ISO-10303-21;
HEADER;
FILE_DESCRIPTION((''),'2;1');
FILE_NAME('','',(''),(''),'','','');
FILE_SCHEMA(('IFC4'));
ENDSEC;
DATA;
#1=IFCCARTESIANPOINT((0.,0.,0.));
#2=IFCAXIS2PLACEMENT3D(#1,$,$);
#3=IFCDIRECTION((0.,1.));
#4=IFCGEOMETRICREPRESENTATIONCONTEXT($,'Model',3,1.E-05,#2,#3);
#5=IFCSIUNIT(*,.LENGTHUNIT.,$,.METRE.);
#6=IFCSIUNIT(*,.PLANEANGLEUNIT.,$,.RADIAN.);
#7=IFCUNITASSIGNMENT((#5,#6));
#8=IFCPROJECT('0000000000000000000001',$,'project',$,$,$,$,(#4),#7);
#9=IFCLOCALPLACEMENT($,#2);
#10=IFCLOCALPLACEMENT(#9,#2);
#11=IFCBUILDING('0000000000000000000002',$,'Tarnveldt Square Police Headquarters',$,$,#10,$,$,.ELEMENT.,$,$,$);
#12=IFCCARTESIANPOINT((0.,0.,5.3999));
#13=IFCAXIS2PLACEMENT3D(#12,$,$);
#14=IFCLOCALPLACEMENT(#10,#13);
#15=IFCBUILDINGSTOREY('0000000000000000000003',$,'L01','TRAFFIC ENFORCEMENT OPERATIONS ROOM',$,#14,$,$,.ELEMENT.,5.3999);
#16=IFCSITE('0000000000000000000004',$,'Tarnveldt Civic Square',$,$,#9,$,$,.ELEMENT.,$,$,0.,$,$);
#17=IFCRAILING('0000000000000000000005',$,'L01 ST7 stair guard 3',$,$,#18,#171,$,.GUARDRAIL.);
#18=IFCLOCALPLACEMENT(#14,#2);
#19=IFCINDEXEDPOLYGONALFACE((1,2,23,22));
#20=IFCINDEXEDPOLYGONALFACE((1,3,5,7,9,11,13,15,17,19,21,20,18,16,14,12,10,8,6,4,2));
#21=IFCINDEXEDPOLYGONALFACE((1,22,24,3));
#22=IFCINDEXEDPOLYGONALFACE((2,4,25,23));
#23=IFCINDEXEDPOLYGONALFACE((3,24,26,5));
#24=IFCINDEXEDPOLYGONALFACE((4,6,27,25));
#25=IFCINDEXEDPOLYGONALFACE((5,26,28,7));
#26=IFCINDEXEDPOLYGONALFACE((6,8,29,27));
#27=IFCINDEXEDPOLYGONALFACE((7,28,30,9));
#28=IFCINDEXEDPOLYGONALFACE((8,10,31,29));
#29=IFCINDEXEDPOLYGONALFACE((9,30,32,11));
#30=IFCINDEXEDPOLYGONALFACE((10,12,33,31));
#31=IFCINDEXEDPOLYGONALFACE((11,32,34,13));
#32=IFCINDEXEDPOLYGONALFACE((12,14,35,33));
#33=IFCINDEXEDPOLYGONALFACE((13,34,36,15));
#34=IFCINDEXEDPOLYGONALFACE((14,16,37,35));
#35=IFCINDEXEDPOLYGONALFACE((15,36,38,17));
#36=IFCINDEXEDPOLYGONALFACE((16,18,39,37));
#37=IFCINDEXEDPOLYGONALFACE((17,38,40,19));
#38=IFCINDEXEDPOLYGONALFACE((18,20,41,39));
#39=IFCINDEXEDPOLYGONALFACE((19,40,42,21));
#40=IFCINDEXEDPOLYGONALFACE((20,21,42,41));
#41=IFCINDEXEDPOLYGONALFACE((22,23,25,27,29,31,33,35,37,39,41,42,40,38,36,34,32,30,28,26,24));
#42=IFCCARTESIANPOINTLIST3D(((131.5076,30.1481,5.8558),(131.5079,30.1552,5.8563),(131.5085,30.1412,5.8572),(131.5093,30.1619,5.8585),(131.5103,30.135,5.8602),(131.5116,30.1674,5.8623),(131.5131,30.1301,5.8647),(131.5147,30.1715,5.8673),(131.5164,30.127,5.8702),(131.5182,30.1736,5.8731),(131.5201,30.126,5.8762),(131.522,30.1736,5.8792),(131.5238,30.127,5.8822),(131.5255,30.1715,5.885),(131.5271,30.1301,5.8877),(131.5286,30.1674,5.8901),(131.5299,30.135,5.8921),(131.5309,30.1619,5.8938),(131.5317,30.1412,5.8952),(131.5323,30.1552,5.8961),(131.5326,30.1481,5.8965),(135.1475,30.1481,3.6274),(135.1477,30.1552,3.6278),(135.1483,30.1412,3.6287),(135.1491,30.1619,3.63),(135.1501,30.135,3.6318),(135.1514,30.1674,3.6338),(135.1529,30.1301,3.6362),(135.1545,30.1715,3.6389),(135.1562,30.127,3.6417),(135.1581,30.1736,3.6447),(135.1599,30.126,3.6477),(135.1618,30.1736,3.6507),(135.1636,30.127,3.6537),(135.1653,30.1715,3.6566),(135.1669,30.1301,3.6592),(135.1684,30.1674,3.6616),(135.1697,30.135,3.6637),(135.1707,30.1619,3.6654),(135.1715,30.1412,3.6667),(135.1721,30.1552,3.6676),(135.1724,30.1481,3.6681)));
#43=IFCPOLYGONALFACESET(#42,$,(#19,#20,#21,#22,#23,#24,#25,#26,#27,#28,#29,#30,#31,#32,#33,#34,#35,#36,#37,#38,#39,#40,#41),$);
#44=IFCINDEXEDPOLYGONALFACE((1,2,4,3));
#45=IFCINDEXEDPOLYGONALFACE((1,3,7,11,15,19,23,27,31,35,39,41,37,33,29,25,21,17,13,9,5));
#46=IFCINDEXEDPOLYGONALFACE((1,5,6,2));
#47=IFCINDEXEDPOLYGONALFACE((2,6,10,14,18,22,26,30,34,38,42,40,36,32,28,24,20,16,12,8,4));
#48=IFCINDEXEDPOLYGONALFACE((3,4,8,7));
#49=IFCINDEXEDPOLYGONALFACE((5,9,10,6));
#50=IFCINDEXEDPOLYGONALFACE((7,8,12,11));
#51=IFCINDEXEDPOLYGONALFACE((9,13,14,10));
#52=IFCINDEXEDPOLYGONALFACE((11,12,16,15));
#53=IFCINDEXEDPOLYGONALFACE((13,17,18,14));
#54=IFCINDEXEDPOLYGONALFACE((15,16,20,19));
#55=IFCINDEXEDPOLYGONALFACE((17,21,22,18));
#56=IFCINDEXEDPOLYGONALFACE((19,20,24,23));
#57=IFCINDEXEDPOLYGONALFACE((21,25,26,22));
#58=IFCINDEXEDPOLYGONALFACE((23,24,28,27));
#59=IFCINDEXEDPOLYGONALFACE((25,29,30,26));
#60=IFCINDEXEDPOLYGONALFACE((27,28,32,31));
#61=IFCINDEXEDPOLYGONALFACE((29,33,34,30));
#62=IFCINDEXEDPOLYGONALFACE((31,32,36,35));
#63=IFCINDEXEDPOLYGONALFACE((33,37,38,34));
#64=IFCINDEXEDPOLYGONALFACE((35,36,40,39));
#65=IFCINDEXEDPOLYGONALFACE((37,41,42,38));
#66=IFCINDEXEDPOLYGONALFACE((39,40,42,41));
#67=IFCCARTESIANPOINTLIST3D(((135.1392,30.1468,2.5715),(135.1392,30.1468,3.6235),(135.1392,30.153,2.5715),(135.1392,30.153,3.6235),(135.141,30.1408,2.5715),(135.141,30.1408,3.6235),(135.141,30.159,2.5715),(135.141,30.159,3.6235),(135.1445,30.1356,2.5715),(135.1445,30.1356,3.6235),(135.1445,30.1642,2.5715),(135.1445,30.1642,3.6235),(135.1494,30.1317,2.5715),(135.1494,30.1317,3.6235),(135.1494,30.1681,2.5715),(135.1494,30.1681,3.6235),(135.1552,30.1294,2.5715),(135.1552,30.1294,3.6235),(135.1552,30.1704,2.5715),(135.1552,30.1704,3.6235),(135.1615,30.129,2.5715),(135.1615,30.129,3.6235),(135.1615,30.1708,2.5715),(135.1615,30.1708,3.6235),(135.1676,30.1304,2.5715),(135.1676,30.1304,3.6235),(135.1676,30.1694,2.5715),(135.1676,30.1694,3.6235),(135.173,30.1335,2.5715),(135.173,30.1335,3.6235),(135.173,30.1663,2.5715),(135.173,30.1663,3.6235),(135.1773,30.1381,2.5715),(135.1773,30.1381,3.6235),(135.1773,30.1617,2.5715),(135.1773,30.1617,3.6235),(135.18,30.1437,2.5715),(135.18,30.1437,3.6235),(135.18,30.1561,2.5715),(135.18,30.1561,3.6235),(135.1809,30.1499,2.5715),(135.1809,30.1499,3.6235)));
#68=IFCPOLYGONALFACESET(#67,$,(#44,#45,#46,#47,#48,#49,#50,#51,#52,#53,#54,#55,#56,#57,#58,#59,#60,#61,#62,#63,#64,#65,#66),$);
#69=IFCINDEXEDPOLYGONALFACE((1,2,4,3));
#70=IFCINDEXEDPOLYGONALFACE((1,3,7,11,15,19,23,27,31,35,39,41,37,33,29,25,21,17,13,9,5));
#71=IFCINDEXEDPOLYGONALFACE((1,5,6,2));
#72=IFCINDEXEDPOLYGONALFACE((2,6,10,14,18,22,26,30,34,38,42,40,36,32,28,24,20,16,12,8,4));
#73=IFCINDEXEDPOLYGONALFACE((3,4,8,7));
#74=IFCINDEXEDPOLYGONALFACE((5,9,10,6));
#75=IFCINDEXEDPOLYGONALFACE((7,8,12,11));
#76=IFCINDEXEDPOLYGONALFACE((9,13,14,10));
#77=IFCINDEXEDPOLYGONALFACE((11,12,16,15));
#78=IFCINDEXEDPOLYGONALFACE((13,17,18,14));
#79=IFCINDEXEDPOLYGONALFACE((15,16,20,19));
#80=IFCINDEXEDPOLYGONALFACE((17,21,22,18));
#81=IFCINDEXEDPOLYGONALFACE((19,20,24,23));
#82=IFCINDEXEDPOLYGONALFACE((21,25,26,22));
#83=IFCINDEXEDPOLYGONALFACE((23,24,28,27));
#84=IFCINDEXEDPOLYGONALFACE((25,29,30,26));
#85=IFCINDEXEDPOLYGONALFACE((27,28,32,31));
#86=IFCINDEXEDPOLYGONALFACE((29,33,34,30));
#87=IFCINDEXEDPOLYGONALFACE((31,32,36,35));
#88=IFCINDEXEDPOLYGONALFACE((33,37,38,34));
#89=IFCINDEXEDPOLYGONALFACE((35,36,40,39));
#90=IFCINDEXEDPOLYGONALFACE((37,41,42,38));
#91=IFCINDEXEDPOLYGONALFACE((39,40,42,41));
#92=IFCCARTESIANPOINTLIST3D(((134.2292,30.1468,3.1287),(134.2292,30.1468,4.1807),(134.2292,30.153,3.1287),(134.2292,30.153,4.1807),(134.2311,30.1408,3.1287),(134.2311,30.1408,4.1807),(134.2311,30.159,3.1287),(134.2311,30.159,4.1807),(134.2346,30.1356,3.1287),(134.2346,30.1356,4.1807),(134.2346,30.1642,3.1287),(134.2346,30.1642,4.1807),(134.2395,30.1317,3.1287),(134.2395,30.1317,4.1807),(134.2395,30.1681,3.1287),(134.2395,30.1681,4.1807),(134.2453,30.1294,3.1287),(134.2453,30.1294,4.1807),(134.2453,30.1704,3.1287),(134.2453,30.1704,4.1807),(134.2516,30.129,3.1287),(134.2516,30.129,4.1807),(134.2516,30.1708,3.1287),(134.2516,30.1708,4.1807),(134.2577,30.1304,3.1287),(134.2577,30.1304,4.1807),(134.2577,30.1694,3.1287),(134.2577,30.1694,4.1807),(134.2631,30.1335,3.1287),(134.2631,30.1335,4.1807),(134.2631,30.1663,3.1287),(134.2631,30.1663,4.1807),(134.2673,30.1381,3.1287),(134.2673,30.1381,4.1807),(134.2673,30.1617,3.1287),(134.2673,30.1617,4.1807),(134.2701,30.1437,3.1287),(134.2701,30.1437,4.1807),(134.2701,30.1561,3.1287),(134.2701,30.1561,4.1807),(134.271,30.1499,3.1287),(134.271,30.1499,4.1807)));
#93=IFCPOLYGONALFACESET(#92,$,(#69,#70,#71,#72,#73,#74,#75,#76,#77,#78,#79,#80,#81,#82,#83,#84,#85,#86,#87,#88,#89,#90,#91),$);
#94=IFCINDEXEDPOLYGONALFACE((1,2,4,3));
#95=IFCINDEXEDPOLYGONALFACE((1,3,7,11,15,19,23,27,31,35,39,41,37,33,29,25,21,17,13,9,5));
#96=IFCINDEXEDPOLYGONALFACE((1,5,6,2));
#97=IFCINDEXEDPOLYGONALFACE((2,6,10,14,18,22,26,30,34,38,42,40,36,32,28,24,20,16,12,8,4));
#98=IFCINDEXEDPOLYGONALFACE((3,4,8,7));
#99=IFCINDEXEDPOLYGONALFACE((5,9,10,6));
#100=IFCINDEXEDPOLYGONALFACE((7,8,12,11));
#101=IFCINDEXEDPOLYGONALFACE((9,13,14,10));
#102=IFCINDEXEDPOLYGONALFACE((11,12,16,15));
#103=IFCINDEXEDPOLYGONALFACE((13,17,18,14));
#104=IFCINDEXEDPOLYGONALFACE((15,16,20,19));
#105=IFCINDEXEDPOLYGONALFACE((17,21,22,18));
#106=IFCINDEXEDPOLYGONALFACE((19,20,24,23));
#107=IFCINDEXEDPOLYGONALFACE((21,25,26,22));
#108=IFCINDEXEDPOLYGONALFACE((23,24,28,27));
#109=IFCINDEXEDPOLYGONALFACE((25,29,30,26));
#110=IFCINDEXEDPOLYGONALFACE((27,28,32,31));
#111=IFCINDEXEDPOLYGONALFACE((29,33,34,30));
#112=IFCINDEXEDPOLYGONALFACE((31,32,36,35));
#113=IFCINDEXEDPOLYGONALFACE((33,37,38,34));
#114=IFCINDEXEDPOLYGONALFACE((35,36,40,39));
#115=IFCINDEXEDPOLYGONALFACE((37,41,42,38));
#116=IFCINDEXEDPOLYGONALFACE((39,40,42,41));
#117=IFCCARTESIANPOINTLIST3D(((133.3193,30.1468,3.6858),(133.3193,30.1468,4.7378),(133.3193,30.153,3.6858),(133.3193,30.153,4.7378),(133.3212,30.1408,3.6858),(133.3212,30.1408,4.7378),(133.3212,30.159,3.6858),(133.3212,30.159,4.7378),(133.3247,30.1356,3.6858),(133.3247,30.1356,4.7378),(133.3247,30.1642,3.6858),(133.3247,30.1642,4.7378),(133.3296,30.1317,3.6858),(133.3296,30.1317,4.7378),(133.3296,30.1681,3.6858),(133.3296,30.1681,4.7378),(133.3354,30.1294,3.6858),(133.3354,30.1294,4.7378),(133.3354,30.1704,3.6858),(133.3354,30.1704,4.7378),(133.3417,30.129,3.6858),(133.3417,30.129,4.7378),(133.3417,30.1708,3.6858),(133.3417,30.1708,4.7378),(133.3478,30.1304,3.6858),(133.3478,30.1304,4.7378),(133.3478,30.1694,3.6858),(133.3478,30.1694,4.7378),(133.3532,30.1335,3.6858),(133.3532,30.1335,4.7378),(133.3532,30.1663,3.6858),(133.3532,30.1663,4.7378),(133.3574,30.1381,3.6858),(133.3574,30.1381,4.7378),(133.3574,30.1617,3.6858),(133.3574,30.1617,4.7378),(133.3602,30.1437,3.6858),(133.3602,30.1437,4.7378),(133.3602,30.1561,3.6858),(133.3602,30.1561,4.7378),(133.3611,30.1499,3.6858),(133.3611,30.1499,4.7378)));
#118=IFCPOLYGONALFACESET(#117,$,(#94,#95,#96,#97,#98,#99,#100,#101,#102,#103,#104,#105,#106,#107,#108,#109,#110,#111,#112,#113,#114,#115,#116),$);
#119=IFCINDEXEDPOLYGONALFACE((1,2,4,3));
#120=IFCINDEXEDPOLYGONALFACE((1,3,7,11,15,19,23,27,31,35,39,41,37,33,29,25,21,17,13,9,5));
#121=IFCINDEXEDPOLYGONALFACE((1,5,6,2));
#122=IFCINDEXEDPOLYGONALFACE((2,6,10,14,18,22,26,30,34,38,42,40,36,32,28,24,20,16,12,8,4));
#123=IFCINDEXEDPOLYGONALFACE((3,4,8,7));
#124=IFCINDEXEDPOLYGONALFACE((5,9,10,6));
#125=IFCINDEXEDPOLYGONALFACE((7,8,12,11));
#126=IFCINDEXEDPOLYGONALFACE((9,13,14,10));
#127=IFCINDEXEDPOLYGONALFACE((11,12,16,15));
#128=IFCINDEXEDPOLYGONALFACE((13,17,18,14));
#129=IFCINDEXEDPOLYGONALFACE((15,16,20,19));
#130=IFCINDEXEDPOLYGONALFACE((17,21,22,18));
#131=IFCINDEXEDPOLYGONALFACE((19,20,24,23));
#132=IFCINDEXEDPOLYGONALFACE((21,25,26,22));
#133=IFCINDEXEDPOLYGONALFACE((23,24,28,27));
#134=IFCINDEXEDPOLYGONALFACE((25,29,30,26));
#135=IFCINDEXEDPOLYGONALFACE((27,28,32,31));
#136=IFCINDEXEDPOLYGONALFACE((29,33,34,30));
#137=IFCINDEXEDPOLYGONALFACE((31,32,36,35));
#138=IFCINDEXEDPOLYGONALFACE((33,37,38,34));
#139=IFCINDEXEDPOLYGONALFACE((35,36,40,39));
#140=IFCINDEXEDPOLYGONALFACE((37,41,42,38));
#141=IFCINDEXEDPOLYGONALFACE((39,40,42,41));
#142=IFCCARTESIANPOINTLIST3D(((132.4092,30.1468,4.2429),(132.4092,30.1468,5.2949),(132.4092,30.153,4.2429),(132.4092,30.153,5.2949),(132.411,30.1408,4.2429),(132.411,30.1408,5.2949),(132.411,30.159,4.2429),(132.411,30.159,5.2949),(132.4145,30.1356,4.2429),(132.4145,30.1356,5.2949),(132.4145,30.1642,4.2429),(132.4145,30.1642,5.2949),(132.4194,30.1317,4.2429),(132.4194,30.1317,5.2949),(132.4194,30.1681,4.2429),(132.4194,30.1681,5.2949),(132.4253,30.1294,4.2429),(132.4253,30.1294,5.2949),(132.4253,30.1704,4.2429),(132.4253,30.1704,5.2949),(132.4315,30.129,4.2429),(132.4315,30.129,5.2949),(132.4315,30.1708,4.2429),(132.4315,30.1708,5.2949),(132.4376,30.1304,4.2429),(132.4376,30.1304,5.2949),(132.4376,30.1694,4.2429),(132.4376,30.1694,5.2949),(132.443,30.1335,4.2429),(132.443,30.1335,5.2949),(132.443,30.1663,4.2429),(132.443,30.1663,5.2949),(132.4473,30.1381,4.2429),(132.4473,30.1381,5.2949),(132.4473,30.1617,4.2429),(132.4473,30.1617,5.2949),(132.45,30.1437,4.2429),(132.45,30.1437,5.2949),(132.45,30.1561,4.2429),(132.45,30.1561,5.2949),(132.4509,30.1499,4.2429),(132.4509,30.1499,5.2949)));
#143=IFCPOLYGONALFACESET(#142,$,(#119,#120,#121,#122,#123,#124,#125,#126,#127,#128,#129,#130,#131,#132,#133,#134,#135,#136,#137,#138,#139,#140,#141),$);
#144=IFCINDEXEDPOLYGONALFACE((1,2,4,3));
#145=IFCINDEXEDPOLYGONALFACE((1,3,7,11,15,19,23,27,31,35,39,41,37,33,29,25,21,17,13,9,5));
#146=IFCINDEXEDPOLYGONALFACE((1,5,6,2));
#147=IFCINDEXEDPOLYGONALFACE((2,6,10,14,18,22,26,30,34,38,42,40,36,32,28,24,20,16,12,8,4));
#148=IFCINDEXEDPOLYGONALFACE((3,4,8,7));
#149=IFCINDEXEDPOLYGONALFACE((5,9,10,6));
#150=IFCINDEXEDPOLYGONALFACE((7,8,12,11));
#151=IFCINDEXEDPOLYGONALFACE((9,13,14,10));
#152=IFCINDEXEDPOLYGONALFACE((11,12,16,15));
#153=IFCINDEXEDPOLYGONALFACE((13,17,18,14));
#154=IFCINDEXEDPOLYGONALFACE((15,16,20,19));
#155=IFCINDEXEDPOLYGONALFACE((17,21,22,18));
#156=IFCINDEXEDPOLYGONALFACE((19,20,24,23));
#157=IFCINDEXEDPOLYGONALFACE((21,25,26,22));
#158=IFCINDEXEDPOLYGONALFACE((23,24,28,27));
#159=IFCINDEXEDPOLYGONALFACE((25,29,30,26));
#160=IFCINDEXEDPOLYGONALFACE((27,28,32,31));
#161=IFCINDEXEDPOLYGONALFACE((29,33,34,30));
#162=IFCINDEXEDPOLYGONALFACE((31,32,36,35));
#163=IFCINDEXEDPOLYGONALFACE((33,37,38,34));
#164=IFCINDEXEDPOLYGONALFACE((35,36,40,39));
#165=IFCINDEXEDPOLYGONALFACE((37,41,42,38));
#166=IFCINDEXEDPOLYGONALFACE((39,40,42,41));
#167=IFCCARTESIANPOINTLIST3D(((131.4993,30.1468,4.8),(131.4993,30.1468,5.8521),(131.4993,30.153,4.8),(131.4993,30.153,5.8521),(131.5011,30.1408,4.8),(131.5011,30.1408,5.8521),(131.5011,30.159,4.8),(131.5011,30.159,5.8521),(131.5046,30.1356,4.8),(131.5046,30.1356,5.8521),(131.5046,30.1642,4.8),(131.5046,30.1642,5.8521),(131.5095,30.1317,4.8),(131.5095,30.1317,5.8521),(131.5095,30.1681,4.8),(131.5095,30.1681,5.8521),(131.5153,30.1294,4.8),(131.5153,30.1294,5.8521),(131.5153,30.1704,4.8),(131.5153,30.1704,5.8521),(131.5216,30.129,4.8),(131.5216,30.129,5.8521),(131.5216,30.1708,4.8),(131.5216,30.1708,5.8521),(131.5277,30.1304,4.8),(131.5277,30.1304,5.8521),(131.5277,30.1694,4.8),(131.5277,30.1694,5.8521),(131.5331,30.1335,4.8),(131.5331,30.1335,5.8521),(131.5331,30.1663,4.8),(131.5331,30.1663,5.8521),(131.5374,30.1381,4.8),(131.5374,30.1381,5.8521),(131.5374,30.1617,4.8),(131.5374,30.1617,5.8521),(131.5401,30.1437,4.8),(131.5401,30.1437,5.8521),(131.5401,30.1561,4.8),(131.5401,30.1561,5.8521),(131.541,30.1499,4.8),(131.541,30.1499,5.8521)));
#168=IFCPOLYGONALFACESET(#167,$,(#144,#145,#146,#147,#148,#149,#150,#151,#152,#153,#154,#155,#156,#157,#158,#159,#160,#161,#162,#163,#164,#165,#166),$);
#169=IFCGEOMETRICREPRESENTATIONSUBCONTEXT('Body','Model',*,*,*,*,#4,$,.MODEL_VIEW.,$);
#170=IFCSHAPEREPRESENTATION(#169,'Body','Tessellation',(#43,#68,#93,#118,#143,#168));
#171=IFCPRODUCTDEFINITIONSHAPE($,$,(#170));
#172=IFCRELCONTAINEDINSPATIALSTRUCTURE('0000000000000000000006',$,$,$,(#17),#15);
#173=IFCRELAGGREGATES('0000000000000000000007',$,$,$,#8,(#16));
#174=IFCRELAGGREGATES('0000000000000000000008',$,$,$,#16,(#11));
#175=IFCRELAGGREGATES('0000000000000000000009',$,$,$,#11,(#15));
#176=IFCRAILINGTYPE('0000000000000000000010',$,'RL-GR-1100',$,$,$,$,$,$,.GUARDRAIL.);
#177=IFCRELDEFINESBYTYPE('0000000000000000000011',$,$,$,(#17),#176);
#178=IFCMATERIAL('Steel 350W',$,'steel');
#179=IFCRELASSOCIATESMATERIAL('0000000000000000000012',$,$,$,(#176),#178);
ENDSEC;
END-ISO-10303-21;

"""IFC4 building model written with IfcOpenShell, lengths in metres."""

from ifc_helpers import new_model, si_unit, direction, frame, origin, origin_2d, place, context, subcontext, project, spatial, circle, extrude, material, type_object, element, save


model = new_model("IFC4")

# Units and contexts
model_context = context("Model", 3, precision=1e-05, world=origin(), true_north=direction((0.0, 1.0)))
body_context = subcontext(model_context, "Body", "Model", "MODEL_VIEW")
ifc_project = project(units=[si_unit("LENGTHUNIT", "METRE"), si_unit("PLANEANGLEUNIT", "RADIAN")], contexts=[model_context])

# Site, building, storey
site_placement = place(None, origin())
site = spatial("IfcSite", under=ifc_project, at=site_placement, Name="Tarnveldt Civic Square", CompositionType="ELEMENT", RefElevation=0.0)
building_placement = place(site_placement, origin())
building = spatial("IfcBuilding", under=site, at=building_placement, Name="Tarnveldt Square Police Headquarters", CompositionType="ELEMENT")
storey_placement = place(building_placement, frame((0.0, 0.0, 5.3999)))
storey = spatial("IfcBuildingStorey", under=building, at=storey_placement, Name="L01", Description="TRAFFIC ENFORCEMENT OPERATIONS ROOM", CompositionType="ELEMENT", Elevation=5.3999)

# Shared definitions
ifc_material_1 = material(Name="Steel 350W", Category="steel")

# Railing
railing_type_1 = type_object("IfcRailingType", Name="RL-GR-1100", PredefinedType="GUARDRAIL", material=ifc_material_1)
railing_1_placement = place(storey_placement, frame((135.1599, 30.1499, 2.5715)))
element("IfcRailing", 1, at=railing_1_placement, inside=storey, type_object=railing_type_1, Name="L01 ST7 stair guard 3", PredefinedType="GUARDRAIL", context=body_context, shape_type="SweptSolid", body=[
    extrude(circle(Radius=0.0239, at=origin_2d()), frame((0.0, 0.0, 1.0762), z_axis=(-0.85285, 0.0, 0.522156), x_axis=(0.0, -1.0, 0.0)), (0.0, 0.0, 1.0), 4.2678),
    extrude(circle(Radius=0.021, at=origin_2d()), origin(), (0.0, 0.0, 1.0), 1.052),
    extrude(circle(Radius=0.021, at=origin_2d()), frame((-0.9099, 0.0, 0.5571)), (0.0, 0.0, 1.0), 1.052),
    extrude(circle(Radius=0.021, at=origin_2d()), frame((-1.8198, 0.0, 1.1143)), (0.0, 0.0, 1.0), 1.052),
    extrude(circle(Radius=0.021, at=origin_2d()), frame((-2.73, 0.0, 1.6714)), (0.0, 0.0, 1.0), 1.052),
    extrude(circle(Radius=0.021, at=origin_2d()), frame((-3.6399, 0.0, 2.2285)), (0.0, 0.0, 1.0), 1.052),
])

save(model, "model.ifc")
